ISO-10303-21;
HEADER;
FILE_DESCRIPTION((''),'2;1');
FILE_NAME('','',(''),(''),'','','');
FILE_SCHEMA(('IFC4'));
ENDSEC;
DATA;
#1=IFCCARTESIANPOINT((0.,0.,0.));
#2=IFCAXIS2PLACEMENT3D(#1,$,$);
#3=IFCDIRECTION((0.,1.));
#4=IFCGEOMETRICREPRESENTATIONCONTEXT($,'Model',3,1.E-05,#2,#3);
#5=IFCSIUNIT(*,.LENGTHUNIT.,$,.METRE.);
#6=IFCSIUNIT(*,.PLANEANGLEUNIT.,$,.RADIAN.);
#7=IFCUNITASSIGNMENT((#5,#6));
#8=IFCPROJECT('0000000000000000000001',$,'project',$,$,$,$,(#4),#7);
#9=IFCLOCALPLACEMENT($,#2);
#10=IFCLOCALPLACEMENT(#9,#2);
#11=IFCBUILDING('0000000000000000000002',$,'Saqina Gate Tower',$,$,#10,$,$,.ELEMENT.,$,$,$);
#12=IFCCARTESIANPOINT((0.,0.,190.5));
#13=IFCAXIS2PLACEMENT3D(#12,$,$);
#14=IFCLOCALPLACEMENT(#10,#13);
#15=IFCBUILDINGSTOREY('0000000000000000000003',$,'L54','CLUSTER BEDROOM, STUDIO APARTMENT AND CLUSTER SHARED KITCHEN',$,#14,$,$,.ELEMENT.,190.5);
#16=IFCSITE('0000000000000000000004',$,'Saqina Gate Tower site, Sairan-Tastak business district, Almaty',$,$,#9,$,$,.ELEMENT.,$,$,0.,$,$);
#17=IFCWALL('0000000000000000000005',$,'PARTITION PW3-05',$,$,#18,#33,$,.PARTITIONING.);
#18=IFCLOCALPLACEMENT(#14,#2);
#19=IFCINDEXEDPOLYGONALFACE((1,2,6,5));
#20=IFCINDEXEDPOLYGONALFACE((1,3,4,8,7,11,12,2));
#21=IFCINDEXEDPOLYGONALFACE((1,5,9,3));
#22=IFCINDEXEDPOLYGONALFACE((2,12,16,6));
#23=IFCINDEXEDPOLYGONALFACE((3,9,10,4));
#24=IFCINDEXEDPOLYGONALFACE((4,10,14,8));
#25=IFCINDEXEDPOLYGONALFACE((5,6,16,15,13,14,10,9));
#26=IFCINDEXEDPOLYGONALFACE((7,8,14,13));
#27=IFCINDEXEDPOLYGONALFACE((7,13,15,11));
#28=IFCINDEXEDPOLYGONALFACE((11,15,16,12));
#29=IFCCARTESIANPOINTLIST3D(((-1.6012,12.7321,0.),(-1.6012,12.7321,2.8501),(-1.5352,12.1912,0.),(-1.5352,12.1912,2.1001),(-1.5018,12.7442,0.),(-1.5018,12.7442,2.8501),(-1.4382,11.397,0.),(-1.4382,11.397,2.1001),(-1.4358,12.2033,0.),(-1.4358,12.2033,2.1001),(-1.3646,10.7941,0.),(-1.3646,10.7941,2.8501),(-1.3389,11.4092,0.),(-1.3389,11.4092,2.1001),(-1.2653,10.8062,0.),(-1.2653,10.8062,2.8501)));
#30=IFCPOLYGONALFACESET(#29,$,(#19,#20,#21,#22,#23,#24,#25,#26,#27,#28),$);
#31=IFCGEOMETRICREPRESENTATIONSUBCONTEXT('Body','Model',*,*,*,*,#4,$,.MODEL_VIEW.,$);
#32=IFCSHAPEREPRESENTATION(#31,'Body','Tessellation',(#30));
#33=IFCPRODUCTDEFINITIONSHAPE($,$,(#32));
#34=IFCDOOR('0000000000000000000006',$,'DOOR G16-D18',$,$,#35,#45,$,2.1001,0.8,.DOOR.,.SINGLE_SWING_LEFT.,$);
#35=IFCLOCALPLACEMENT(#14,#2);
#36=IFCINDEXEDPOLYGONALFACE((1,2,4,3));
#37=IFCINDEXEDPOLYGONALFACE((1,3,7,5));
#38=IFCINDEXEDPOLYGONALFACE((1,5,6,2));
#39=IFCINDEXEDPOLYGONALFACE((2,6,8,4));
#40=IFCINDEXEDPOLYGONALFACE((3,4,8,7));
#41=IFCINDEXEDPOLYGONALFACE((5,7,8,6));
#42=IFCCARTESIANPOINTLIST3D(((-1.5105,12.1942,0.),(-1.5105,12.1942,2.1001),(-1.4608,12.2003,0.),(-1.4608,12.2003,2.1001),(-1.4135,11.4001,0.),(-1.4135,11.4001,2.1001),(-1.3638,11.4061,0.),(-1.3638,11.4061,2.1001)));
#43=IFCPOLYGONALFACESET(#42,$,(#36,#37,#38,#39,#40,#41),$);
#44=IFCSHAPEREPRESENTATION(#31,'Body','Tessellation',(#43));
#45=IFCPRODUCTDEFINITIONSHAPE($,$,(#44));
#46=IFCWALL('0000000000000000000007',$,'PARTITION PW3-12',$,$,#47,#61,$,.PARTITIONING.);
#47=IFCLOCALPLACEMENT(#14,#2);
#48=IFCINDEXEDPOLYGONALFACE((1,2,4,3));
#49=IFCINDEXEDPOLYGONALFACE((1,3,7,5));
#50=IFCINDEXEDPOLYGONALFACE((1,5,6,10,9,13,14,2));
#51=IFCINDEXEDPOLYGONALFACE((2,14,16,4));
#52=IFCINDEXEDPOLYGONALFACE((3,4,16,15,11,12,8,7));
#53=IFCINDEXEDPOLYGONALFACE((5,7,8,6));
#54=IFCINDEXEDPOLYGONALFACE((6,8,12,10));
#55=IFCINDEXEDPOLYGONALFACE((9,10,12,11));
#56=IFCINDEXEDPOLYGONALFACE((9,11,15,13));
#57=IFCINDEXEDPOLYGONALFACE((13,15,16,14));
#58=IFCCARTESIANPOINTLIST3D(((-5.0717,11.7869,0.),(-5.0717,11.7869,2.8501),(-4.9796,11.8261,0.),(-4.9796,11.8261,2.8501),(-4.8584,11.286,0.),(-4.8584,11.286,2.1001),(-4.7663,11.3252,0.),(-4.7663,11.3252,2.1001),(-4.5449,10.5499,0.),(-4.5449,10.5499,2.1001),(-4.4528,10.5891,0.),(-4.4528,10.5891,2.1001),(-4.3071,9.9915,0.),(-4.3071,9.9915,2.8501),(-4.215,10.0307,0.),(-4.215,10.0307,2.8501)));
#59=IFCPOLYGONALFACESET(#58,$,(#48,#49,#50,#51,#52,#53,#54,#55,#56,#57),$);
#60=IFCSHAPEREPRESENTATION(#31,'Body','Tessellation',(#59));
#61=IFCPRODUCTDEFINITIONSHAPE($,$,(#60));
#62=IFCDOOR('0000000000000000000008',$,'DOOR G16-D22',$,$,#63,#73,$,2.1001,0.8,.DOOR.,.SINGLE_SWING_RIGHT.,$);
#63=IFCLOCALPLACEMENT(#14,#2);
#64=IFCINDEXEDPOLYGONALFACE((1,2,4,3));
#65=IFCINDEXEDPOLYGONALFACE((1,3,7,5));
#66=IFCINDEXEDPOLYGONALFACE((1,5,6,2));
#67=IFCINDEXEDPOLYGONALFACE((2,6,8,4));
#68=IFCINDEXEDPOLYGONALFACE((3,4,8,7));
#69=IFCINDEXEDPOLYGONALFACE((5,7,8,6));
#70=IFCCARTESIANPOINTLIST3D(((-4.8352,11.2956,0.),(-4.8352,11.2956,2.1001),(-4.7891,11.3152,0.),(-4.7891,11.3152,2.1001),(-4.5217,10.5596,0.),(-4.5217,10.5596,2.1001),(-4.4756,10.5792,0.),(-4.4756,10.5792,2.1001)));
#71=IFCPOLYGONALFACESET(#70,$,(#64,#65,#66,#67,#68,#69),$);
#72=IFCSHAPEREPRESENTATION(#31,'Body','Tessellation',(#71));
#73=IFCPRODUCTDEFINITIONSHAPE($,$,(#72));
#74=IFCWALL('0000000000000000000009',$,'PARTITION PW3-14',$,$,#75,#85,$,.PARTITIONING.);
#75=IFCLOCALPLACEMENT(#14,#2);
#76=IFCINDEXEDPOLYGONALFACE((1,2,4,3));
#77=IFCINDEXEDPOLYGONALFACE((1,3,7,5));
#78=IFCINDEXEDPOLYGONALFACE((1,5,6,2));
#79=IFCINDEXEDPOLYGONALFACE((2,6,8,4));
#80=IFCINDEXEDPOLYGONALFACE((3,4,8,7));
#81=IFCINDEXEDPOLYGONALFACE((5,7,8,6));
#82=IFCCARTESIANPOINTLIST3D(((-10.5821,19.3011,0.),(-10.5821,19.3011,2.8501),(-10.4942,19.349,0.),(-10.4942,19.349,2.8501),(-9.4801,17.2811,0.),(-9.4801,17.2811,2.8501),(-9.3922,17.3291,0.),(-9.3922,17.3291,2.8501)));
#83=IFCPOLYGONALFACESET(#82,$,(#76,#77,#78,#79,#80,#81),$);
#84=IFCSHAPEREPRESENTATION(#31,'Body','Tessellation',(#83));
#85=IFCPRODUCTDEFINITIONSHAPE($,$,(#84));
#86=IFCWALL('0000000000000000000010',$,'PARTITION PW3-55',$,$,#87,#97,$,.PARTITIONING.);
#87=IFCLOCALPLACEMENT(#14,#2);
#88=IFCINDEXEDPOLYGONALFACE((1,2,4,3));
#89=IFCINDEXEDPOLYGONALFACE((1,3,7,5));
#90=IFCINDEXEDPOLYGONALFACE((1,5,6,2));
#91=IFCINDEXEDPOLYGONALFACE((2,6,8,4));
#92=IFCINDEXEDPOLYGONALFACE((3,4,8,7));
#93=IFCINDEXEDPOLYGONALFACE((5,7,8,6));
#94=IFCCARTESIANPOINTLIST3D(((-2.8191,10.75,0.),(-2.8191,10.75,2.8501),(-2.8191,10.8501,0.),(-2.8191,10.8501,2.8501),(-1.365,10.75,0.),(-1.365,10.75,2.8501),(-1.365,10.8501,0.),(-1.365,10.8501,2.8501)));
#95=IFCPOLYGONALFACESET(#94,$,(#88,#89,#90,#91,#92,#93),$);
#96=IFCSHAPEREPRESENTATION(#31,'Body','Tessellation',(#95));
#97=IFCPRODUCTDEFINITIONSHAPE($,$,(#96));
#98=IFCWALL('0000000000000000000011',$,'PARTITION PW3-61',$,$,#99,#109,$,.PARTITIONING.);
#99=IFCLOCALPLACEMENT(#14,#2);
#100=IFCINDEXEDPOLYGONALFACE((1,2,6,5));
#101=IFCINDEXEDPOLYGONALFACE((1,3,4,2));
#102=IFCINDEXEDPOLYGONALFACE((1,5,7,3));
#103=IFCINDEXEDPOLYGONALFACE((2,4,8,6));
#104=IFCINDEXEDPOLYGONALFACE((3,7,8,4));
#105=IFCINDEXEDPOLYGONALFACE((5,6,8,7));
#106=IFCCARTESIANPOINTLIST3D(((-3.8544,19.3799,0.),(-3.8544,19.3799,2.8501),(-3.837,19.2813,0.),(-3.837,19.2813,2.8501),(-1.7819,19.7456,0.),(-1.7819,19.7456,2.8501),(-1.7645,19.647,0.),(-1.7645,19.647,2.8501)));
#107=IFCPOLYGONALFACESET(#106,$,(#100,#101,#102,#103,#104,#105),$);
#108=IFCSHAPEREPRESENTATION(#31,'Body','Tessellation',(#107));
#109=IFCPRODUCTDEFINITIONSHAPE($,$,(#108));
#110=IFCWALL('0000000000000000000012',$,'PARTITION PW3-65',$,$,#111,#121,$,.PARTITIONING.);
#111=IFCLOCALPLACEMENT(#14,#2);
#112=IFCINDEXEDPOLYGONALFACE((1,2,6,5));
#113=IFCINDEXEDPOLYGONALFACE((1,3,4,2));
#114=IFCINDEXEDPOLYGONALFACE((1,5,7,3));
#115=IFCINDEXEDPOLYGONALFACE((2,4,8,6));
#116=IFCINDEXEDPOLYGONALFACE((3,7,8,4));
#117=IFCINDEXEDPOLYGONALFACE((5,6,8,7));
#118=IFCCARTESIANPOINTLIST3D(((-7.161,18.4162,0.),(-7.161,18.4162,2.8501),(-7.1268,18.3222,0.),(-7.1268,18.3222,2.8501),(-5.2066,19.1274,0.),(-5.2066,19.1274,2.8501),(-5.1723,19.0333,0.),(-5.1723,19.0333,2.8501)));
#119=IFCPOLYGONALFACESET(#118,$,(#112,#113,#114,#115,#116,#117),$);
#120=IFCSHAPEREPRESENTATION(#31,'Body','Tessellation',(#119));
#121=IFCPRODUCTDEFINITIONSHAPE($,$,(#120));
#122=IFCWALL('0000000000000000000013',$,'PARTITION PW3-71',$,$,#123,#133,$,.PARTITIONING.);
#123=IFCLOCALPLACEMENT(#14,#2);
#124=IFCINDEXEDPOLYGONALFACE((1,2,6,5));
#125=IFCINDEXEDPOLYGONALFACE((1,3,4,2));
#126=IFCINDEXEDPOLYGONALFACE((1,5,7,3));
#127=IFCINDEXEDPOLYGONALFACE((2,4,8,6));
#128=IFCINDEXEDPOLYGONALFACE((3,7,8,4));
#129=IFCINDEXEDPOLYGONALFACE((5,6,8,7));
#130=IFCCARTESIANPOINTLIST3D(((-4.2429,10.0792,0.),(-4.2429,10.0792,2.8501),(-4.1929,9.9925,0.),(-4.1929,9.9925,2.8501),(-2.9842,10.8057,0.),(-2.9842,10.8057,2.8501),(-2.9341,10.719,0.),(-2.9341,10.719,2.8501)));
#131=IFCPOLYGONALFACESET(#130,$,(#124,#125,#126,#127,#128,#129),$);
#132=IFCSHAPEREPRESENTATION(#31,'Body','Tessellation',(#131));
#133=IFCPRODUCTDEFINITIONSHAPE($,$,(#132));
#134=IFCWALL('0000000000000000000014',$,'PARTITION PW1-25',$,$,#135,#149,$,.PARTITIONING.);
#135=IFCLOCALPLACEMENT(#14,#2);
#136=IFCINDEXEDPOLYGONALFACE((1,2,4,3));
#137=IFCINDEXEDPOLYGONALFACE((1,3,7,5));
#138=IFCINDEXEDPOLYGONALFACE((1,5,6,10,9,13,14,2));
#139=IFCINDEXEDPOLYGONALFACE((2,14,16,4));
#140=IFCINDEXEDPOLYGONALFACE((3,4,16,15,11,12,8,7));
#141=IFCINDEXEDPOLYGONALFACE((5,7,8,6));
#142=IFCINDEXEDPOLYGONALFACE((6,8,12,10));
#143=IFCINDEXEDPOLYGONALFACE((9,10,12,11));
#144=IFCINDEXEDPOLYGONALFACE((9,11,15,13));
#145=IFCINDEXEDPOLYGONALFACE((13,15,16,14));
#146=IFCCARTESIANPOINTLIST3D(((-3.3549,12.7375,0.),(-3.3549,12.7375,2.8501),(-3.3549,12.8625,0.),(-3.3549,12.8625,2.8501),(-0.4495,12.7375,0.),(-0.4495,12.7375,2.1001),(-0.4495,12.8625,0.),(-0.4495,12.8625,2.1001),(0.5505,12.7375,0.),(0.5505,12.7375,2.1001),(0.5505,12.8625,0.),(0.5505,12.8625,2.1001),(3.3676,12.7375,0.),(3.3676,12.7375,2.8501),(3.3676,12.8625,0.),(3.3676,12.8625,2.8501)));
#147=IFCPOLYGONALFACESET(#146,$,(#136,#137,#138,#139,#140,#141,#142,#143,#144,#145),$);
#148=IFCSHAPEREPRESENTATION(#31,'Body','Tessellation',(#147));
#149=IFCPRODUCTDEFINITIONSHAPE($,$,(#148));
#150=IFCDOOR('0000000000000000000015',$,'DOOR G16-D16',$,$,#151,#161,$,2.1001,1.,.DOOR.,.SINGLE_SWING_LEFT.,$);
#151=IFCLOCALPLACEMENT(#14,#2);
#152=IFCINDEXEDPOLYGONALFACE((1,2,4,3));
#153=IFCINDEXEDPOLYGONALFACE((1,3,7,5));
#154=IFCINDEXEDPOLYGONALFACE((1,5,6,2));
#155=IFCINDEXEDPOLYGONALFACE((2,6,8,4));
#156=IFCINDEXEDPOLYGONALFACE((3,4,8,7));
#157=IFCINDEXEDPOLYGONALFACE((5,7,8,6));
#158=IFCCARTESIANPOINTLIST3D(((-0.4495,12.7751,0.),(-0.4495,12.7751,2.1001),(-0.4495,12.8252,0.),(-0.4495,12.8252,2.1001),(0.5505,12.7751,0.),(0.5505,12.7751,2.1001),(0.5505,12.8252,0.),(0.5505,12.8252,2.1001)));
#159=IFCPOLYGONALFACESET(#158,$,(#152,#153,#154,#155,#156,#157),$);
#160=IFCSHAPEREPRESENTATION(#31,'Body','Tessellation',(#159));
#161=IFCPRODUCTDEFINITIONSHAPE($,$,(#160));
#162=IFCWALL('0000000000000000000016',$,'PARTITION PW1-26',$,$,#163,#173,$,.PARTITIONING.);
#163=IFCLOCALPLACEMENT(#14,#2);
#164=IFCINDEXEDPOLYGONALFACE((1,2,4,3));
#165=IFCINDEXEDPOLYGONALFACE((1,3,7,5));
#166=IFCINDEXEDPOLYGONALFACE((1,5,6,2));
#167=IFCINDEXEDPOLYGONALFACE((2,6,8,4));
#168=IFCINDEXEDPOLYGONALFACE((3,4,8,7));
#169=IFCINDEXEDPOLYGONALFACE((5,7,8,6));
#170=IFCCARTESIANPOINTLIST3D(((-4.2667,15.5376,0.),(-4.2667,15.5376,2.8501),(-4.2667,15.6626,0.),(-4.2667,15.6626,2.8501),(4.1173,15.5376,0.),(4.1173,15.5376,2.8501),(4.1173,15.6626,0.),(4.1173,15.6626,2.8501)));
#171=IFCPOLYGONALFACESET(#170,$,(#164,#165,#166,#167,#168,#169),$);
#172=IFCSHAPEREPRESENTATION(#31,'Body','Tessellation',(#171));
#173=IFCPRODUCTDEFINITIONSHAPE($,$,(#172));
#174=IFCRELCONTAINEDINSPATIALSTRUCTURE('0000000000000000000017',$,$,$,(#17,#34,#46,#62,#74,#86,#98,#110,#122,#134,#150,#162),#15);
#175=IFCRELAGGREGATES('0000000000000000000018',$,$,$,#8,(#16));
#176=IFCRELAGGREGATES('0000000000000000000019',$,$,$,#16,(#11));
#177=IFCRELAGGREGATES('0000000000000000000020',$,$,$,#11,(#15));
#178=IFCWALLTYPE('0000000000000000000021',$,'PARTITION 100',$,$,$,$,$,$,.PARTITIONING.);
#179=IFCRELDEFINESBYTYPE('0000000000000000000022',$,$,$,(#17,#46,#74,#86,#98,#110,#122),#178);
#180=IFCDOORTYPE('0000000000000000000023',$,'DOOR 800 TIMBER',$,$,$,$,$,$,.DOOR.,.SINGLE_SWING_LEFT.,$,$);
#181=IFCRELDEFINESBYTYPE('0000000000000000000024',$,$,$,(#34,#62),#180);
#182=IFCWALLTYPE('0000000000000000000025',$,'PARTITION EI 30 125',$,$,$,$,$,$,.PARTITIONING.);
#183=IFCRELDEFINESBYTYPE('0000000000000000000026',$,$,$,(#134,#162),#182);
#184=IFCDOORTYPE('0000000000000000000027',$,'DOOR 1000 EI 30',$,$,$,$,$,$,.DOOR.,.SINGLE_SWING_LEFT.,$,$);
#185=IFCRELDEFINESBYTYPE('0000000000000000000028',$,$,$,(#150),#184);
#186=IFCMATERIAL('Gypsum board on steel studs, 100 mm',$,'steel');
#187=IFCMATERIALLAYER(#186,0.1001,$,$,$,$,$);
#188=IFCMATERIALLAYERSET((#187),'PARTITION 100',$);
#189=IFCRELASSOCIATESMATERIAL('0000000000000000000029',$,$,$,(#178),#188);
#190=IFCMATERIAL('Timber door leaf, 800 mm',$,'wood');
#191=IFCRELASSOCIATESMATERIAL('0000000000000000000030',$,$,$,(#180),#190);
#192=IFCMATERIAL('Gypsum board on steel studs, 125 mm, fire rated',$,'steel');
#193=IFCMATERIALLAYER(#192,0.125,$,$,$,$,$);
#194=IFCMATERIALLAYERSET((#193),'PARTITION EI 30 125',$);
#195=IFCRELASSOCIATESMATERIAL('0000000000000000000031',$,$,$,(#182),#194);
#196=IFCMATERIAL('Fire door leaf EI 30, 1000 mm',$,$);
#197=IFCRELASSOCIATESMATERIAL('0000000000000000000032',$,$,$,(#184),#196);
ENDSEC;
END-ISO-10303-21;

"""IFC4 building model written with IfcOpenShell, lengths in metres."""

from ifc_helpers import new_model, si_unit, direction, frame, frame_2d, origin, place, context, subcontext, project, spatial, rectangle, extrude, material, layer, layer_set, type_object, element, fill, save


model = new_model("IFC4")

# Units and contexts
model_context = context("Model", 3, precision=1e-05, world=origin(), true_north=direction((0.0, 1.0)))
body_context = subcontext(model_context, "Body", "Model", "MODEL_VIEW")
ifc_project = project(units=[si_unit("LENGTHUNIT", "METRE"), si_unit("PLANEANGLEUNIT", "RADIAN")], contexts=[model_context])

# Site, building, storey
site_placement = place(None, origin())
site = spatial("IfcSite", under=ifc_project, at=site_placement, Name="Saqina Gate Tower site, Sairan-Tastak business district, Almaty", CompositionType="ELEMENT", RefElevation=0.0)
building_placement = place(site_placement, origin())
building = spatial("IfcBuilding", under=site, at=building_placement, Name="Saqina Gate Tower", CompositionType="ELEMENT")
storey_placement = place(building_placement, frame((0.0, 0.0, 190.5)))
storey = spatial("IfcBuildingStorey", under=building, at=storey_placement, Name="L54", Description="CLUSTER BEDROOM, STUDIO APARTMENT AND CLUSTER SHARED KITCHEN", CompositionType="ELEMENT", Elevation=190.5)

# Walls, openings, doors
ifc_material_1 = material(Name="Gypsum board on steel studs, 100 mm", Category="steel")
ifc_layer_1 = layer(ifc_material_1, 0.1001)
ifc_layer_set_1 = layer_set([ifc_layer_1], Name="PARTITION 100")
wall_type_1 = type_object("IfcWallType", Name="PARTITION 100", PredefinedType="PARTITIONING", material=ifc_layer_set_1)
wall_1_placement = place(storey_placement, frame((-1.5515, 12.738, 0.0), z_axis=(0.0, 0.0, 1.0), x_axis=(0.121172, -0.992632, 0.0)))
wall_1 = element("IfcWall", 1, at=wall_1_placement, inside=storey, type_object=wall_type_1, Name="PARTITION PW3-05", PredefinedType="PARTITIONING", context=body_context, shape_type="SweptSolid", body=[
    extrude(rectangle(XDim=1.9524, YDim=0.1001, at=frame_2d((0.9761, 0.0))), origin(), (0.0, 0.0, 1.0), 2.8501),
])
opening_1_placement = place(wall_1_placement, frame((0.5449, 0.0, 0.0)))
opening_1 = element("IfcOpeningElement", 2, at=opening_1_placement, cuts=wall_1, PredefinedType="OPENING", context=body_context, shape_type="SweptSolid", body=[
    extrude(rectangle(XDim=0.8, YDim=2.1001, at=frame_2d((0.3999, 1.05))), frame((0.0, 0.062, 0.0), z_axis=(0.0, -1.0, 0.0), x_axis=(1.0, 0.0, 0.0)), (0.0, 0.0, 1.0), 0.124),
])
ifc_material_2 = material(Name="Timber door leaf, 800 mm", Category="wood")
door_type_1 = type_object("IfcDoorType", Name="DOOR 800 TIMBER", OperationType="SINGLE_SWING_LEFT", PredefinedType="DOOR", material=ifc_material_2)
door_1_placement = place(opening_1_placement, origin())
door_1 = element("IfcDoor", 3, at=door_1_placement, inside=storey, type_object=door_type_1, Name="DOOR G16-D18", OperationType="SINGLE_SWING_LEFT", OverallHeight=2.1001, OverallWidth=0.8, PredefinedType="DOOR", context=body_context, shape_type="SweptSolid", body=[
    extrude(rectangle(XDim=0.8, YDim=2.1001, at=frame_2d((0.3999, 1.05))), frame((0.0, 0.0249, 0.0), z_axis=(0.0, -1.0, 0.0), x_axis=(1.0, 0.0, 0.0)), (0.0, 0.0, 1.0), 0.05),
])
fill(opening_1, door_1)
wall_2_placement = place(storey_placement, frame((-5.0256, 11.8064, 0.0), z_axis=(0.0, 0.0, 1.0), x_axis=(0.391835, -0.920036, 0.0)))
wall_2 = element("IfcWall", 4, at=wall_2_placement, inside=storey, type_object=wall_type_1, Name="PARTITION PW3-12", PredefinedType="PARTITIONING", context=body_context, shape_type="SweptSolid", body=[
    extrude(rectangle(XDim=1.9514, YDim=0.1001, at=frame_2d((0.9756, 0.0))), origin(), (0.0, 0.0, 1.0), 2.8501),
])
opening_2_placement = place(wall_2_placement, frame((0.5444, 0.0, 0.0)))
opening_2 = element("IfcOpeningElement", 5, at=opening_2_placement, cuts=wall_2, PredefinedType="OPENING", context=body_context, shape_type="SweptSolid", body=[
    extrude(rectangle(XDim=0.8, YDim=2.1001, at=frame_2d((0.3999, 1.05))), frame((0.0, 0.062, 0.0), z_axis=(0.0, -1.0, 0.0), x_axis=(1.0, 0.0, 0.0)), (0.0, 0.0, 1.0), 0.124),
])
door_2_placement = place(opening_2_placement, frame((0.8, 0.0, 0.0), z_axis=(0.0, 0.0, 1.0), x_axis=(-1.0, 0.0, 0.0)))
door_2 = element("IfcDoor", 6, at=door_2_placement, inside=storey, type_object=door_type_1, Name="DOOR G16-D22", OperationType="SINGLE_SWING_RIGHT", OverallHeight=2.1001, OverallWidth=0.8, PredefinedType="DOOR", context=body_context, shape_type="SweptSolid", body=[
    extrude(rectangle(XDim=0.8, YDim=2.1001, at=frame_2d((0.3999, 1.05))), frame((0.0, 0.0249, 0.0), z_axis=(0.0, -1.0, 0.0), x_axis=(1.0, 0.0, 0.0)), (0.0, 0.0, 1.0), 0.05),
])
fill(opening_2, door_2)

# Walls
wall_3_placement = place(storey_placement, frame((-10.5381, 19.325, 0.0), z_axis=(0.0, 0.0, 1.0), x_axis=(0.478926, -0.877855, 0.0)))
element("IfcWall", 7, at=wall_3_placement, inside=storey, type_object=wall_type_1, Name="PARTITION PW3-14", PredefinedType="PARTITIONING", context=body_context, shape_type="SweptSolid", body=[
    extrude(rectangle(XDim=2.301, YDim=0.1001, at=frame_2d((1.1504, 0.0))), origin(), (0.0, 0.0, 1.0), 2.8501),
])
wall_4_placement = place(storey_placement, frame((-2.8191, 10.8, 0.0), z_axis=(0.0, 0.0, 1.0), x_axis=(1.0, 0.0, 0.0)))
element("IfcWall", 8, at=wall_4_placement, inside=storey, type_object=wall_type_1, Name="PARTITION PW3-55", PredefinedType="PARTITIONING", context=body_context, shape_type="SweptSolid", body=[
    extrude(rectangle(XDim=1.4541, YDim=0.1001, at=frame_2d((0.7271, 0.0))), origin(), (0.0, 0.0, 1.0), 2.8501),
])
wall_5_placement = place(storey_placement, frame((-3.8457, 19.3306, 0.0), z_axis=(0.0, 0.0, 1.0), x_axis=(0.984785, 0.173779, 0.0)))
element("IfcWall", 9, at=wall_5_placement, inside=storey, type_object=wall_type_1, Name="PARTITION PW3-61", PredefinedType="PARTITIONING", context=body_context, shape_type="SweptSolid", body=[
    extrude(rectangle(XDim=2.1045, YDim=0.1001, at=frame_2d((1.0522, 0.0))), origin(), (0.0, 0.0, 1.0), 2.8501),
])
wall_6_placement = place(storey_placement, frame((-7.144, 18.3691, 0.0), z_axis=(0.0, 0.0, 1.0), x_axis=(0.939728, 0.341922, 0.0)))
element("IfcWall", 10, at=wall_6_placement, inside=storey, type_object=wall_type_1, Name="PARTITION PW3-65", PredefinedType="PARTITIONING", context=body_context, shape_type="SweptSolid", body=[
    extrude(rectangle(XDim=2.0798, YDim=0.1001, at=frame_2d((1.04, 0.0))), origin(), (0.0, 0.0, 1.0), 2.8501),
])
wall_7_placement = place(storey_placement, frame((-4.2178, 10.0359, 0.0), z_axis=(0.0, 0.0, 1.0), x_axis=(0.866085, 0.499897, 0.0)))
element("IfcWall", 11, at=wall_7_placement, inside=storey, type_object=wall_type_1, Name="PARTITION PW3-71", PredefinedType="PARTITIONING", context=body_context, shape_type="SweptSolid", body=[
    extrude(rectangle(XDim=1.4534, YDim=0.1001, at=frame_2d((0.7266, 0.0))), origin(), (0.0, 0.0, 1.0), 2.8501),
])

# Wall, opening, door
ifc_material_3 = material(Name="Gypsum board on steel studs, 125 mm, fire rated", Category="steel")
ifc_layer_2 = layer(ifc_material_3, 0.125)
ifc_layer_set_2 = layer_set([ifc_layer_2], Name="PARTITION EI 30 125")
wall_type_2 = type_object("IfcWallType", Name="PARTITION EI 30 125", PredefinedType="PARTITIONING", material=ifc_layer_set_2)
wall_8_placement = place(storey_placement, frame((-3.355, 12.8, 0.0), z_axis=(0.0, 0.0, 1.0), x_axis=(1.0, 0.0, 0.0)))
wall_8 = element("IfcWall", 12, at=wall_8_placement, inside=storey, type_object=wall_type_2, Name="PARTITION PW1-25", PredefinedType="PARTITIONING", context=body_context, shape_type="SweptSolid", body=[
    extrude(rectangle(XDim=6.7224, YDim=0.125, at=frame_2d((3.3613, 0.0))), origin(), (0.0, 0.0, 1.0), 2.8501),
])
opening_3_placement = place(wall_8_placement, frame((2.9055, 0.0, 0.0)))
opening_3 = element("IfcOpeningElement", 13, at=opening_3_placement, cuts=wall_8, PredefinedType="OPENING", context=body_context, shape_type="SweptSolid", body=[
    extrude(rectangle(XDim=1.0, YDim=2.1001, at=frame_2d((0.5, 1.05))), frame((0.0, 0.0745, 0.0), z_axis=(0.0, -1.0, 0.0), x_axis=(1.0, 0.0, 0.0)), (0.0, 0.0, 1.0), 0.1489),
])
ifc_material_4 = material(Name="Fire door leaf EI 30, 1000 mm")
door_type_2 = type_object("IfcDoorType", Name="DOOR 1000 EI 30", OperationType="SINGLE_SWING_LEFT", PredefinedType="DOOR", material=ifc_material_4)
door_3_placement = place(opening_3_placement, frame((1.0, 0.0, 0.0), z_axis=(0.0, 0.0, 1.0), x_axis=(-1.0, 0.0, 0.0)))
door_3 = element("IfcDoor", 14, at=door_3_placement, inside=storey, type_object=door_type_2, Name="DOOR G16-D16", OperationType="SINGLE_SWING_LEFT", OverallHeight=2.1001, OverallWidth=1.0, PredefinedType="DOOR", context=body_context, shape_type="SweptSolid", body=[
    extrude(rectangle(XDim=1.0, YDim=2.1001, at=frame_2d((0.5, 1.05))), frame((0.0, 0.0249, 0.0), z_axis=(0.0, -1.0, 0.0), x_axis=(1.0, 0.0, 0.0)), (0.0, 0.0, 1.0), 0.05),
])
fill(opening_3, door_3)

# Wall
wall_9_placement = place(storey_placement, frame((-4.2666, 15.6001, 0.0), z_axis=(0.0, 0.0, 1.0), x_axis=(1.0, 0.0, 0.0)))
element("IfcWall", 15, at=wall_9_placement, inside=storey, type_object=wall_type_2, Name="PARTITION PW1-26", PredefinedType="PARTITIONING", context=body_context, shape_type="SweptSolid", body=[
    extrude(rectangle(XDim=8.384, YDim=0.125, at=frame_2d((4.1919, 0.0))), origin(), (0.0, 0.0, 1.0), 2.8501),
])

save(model, "model.ifc")
